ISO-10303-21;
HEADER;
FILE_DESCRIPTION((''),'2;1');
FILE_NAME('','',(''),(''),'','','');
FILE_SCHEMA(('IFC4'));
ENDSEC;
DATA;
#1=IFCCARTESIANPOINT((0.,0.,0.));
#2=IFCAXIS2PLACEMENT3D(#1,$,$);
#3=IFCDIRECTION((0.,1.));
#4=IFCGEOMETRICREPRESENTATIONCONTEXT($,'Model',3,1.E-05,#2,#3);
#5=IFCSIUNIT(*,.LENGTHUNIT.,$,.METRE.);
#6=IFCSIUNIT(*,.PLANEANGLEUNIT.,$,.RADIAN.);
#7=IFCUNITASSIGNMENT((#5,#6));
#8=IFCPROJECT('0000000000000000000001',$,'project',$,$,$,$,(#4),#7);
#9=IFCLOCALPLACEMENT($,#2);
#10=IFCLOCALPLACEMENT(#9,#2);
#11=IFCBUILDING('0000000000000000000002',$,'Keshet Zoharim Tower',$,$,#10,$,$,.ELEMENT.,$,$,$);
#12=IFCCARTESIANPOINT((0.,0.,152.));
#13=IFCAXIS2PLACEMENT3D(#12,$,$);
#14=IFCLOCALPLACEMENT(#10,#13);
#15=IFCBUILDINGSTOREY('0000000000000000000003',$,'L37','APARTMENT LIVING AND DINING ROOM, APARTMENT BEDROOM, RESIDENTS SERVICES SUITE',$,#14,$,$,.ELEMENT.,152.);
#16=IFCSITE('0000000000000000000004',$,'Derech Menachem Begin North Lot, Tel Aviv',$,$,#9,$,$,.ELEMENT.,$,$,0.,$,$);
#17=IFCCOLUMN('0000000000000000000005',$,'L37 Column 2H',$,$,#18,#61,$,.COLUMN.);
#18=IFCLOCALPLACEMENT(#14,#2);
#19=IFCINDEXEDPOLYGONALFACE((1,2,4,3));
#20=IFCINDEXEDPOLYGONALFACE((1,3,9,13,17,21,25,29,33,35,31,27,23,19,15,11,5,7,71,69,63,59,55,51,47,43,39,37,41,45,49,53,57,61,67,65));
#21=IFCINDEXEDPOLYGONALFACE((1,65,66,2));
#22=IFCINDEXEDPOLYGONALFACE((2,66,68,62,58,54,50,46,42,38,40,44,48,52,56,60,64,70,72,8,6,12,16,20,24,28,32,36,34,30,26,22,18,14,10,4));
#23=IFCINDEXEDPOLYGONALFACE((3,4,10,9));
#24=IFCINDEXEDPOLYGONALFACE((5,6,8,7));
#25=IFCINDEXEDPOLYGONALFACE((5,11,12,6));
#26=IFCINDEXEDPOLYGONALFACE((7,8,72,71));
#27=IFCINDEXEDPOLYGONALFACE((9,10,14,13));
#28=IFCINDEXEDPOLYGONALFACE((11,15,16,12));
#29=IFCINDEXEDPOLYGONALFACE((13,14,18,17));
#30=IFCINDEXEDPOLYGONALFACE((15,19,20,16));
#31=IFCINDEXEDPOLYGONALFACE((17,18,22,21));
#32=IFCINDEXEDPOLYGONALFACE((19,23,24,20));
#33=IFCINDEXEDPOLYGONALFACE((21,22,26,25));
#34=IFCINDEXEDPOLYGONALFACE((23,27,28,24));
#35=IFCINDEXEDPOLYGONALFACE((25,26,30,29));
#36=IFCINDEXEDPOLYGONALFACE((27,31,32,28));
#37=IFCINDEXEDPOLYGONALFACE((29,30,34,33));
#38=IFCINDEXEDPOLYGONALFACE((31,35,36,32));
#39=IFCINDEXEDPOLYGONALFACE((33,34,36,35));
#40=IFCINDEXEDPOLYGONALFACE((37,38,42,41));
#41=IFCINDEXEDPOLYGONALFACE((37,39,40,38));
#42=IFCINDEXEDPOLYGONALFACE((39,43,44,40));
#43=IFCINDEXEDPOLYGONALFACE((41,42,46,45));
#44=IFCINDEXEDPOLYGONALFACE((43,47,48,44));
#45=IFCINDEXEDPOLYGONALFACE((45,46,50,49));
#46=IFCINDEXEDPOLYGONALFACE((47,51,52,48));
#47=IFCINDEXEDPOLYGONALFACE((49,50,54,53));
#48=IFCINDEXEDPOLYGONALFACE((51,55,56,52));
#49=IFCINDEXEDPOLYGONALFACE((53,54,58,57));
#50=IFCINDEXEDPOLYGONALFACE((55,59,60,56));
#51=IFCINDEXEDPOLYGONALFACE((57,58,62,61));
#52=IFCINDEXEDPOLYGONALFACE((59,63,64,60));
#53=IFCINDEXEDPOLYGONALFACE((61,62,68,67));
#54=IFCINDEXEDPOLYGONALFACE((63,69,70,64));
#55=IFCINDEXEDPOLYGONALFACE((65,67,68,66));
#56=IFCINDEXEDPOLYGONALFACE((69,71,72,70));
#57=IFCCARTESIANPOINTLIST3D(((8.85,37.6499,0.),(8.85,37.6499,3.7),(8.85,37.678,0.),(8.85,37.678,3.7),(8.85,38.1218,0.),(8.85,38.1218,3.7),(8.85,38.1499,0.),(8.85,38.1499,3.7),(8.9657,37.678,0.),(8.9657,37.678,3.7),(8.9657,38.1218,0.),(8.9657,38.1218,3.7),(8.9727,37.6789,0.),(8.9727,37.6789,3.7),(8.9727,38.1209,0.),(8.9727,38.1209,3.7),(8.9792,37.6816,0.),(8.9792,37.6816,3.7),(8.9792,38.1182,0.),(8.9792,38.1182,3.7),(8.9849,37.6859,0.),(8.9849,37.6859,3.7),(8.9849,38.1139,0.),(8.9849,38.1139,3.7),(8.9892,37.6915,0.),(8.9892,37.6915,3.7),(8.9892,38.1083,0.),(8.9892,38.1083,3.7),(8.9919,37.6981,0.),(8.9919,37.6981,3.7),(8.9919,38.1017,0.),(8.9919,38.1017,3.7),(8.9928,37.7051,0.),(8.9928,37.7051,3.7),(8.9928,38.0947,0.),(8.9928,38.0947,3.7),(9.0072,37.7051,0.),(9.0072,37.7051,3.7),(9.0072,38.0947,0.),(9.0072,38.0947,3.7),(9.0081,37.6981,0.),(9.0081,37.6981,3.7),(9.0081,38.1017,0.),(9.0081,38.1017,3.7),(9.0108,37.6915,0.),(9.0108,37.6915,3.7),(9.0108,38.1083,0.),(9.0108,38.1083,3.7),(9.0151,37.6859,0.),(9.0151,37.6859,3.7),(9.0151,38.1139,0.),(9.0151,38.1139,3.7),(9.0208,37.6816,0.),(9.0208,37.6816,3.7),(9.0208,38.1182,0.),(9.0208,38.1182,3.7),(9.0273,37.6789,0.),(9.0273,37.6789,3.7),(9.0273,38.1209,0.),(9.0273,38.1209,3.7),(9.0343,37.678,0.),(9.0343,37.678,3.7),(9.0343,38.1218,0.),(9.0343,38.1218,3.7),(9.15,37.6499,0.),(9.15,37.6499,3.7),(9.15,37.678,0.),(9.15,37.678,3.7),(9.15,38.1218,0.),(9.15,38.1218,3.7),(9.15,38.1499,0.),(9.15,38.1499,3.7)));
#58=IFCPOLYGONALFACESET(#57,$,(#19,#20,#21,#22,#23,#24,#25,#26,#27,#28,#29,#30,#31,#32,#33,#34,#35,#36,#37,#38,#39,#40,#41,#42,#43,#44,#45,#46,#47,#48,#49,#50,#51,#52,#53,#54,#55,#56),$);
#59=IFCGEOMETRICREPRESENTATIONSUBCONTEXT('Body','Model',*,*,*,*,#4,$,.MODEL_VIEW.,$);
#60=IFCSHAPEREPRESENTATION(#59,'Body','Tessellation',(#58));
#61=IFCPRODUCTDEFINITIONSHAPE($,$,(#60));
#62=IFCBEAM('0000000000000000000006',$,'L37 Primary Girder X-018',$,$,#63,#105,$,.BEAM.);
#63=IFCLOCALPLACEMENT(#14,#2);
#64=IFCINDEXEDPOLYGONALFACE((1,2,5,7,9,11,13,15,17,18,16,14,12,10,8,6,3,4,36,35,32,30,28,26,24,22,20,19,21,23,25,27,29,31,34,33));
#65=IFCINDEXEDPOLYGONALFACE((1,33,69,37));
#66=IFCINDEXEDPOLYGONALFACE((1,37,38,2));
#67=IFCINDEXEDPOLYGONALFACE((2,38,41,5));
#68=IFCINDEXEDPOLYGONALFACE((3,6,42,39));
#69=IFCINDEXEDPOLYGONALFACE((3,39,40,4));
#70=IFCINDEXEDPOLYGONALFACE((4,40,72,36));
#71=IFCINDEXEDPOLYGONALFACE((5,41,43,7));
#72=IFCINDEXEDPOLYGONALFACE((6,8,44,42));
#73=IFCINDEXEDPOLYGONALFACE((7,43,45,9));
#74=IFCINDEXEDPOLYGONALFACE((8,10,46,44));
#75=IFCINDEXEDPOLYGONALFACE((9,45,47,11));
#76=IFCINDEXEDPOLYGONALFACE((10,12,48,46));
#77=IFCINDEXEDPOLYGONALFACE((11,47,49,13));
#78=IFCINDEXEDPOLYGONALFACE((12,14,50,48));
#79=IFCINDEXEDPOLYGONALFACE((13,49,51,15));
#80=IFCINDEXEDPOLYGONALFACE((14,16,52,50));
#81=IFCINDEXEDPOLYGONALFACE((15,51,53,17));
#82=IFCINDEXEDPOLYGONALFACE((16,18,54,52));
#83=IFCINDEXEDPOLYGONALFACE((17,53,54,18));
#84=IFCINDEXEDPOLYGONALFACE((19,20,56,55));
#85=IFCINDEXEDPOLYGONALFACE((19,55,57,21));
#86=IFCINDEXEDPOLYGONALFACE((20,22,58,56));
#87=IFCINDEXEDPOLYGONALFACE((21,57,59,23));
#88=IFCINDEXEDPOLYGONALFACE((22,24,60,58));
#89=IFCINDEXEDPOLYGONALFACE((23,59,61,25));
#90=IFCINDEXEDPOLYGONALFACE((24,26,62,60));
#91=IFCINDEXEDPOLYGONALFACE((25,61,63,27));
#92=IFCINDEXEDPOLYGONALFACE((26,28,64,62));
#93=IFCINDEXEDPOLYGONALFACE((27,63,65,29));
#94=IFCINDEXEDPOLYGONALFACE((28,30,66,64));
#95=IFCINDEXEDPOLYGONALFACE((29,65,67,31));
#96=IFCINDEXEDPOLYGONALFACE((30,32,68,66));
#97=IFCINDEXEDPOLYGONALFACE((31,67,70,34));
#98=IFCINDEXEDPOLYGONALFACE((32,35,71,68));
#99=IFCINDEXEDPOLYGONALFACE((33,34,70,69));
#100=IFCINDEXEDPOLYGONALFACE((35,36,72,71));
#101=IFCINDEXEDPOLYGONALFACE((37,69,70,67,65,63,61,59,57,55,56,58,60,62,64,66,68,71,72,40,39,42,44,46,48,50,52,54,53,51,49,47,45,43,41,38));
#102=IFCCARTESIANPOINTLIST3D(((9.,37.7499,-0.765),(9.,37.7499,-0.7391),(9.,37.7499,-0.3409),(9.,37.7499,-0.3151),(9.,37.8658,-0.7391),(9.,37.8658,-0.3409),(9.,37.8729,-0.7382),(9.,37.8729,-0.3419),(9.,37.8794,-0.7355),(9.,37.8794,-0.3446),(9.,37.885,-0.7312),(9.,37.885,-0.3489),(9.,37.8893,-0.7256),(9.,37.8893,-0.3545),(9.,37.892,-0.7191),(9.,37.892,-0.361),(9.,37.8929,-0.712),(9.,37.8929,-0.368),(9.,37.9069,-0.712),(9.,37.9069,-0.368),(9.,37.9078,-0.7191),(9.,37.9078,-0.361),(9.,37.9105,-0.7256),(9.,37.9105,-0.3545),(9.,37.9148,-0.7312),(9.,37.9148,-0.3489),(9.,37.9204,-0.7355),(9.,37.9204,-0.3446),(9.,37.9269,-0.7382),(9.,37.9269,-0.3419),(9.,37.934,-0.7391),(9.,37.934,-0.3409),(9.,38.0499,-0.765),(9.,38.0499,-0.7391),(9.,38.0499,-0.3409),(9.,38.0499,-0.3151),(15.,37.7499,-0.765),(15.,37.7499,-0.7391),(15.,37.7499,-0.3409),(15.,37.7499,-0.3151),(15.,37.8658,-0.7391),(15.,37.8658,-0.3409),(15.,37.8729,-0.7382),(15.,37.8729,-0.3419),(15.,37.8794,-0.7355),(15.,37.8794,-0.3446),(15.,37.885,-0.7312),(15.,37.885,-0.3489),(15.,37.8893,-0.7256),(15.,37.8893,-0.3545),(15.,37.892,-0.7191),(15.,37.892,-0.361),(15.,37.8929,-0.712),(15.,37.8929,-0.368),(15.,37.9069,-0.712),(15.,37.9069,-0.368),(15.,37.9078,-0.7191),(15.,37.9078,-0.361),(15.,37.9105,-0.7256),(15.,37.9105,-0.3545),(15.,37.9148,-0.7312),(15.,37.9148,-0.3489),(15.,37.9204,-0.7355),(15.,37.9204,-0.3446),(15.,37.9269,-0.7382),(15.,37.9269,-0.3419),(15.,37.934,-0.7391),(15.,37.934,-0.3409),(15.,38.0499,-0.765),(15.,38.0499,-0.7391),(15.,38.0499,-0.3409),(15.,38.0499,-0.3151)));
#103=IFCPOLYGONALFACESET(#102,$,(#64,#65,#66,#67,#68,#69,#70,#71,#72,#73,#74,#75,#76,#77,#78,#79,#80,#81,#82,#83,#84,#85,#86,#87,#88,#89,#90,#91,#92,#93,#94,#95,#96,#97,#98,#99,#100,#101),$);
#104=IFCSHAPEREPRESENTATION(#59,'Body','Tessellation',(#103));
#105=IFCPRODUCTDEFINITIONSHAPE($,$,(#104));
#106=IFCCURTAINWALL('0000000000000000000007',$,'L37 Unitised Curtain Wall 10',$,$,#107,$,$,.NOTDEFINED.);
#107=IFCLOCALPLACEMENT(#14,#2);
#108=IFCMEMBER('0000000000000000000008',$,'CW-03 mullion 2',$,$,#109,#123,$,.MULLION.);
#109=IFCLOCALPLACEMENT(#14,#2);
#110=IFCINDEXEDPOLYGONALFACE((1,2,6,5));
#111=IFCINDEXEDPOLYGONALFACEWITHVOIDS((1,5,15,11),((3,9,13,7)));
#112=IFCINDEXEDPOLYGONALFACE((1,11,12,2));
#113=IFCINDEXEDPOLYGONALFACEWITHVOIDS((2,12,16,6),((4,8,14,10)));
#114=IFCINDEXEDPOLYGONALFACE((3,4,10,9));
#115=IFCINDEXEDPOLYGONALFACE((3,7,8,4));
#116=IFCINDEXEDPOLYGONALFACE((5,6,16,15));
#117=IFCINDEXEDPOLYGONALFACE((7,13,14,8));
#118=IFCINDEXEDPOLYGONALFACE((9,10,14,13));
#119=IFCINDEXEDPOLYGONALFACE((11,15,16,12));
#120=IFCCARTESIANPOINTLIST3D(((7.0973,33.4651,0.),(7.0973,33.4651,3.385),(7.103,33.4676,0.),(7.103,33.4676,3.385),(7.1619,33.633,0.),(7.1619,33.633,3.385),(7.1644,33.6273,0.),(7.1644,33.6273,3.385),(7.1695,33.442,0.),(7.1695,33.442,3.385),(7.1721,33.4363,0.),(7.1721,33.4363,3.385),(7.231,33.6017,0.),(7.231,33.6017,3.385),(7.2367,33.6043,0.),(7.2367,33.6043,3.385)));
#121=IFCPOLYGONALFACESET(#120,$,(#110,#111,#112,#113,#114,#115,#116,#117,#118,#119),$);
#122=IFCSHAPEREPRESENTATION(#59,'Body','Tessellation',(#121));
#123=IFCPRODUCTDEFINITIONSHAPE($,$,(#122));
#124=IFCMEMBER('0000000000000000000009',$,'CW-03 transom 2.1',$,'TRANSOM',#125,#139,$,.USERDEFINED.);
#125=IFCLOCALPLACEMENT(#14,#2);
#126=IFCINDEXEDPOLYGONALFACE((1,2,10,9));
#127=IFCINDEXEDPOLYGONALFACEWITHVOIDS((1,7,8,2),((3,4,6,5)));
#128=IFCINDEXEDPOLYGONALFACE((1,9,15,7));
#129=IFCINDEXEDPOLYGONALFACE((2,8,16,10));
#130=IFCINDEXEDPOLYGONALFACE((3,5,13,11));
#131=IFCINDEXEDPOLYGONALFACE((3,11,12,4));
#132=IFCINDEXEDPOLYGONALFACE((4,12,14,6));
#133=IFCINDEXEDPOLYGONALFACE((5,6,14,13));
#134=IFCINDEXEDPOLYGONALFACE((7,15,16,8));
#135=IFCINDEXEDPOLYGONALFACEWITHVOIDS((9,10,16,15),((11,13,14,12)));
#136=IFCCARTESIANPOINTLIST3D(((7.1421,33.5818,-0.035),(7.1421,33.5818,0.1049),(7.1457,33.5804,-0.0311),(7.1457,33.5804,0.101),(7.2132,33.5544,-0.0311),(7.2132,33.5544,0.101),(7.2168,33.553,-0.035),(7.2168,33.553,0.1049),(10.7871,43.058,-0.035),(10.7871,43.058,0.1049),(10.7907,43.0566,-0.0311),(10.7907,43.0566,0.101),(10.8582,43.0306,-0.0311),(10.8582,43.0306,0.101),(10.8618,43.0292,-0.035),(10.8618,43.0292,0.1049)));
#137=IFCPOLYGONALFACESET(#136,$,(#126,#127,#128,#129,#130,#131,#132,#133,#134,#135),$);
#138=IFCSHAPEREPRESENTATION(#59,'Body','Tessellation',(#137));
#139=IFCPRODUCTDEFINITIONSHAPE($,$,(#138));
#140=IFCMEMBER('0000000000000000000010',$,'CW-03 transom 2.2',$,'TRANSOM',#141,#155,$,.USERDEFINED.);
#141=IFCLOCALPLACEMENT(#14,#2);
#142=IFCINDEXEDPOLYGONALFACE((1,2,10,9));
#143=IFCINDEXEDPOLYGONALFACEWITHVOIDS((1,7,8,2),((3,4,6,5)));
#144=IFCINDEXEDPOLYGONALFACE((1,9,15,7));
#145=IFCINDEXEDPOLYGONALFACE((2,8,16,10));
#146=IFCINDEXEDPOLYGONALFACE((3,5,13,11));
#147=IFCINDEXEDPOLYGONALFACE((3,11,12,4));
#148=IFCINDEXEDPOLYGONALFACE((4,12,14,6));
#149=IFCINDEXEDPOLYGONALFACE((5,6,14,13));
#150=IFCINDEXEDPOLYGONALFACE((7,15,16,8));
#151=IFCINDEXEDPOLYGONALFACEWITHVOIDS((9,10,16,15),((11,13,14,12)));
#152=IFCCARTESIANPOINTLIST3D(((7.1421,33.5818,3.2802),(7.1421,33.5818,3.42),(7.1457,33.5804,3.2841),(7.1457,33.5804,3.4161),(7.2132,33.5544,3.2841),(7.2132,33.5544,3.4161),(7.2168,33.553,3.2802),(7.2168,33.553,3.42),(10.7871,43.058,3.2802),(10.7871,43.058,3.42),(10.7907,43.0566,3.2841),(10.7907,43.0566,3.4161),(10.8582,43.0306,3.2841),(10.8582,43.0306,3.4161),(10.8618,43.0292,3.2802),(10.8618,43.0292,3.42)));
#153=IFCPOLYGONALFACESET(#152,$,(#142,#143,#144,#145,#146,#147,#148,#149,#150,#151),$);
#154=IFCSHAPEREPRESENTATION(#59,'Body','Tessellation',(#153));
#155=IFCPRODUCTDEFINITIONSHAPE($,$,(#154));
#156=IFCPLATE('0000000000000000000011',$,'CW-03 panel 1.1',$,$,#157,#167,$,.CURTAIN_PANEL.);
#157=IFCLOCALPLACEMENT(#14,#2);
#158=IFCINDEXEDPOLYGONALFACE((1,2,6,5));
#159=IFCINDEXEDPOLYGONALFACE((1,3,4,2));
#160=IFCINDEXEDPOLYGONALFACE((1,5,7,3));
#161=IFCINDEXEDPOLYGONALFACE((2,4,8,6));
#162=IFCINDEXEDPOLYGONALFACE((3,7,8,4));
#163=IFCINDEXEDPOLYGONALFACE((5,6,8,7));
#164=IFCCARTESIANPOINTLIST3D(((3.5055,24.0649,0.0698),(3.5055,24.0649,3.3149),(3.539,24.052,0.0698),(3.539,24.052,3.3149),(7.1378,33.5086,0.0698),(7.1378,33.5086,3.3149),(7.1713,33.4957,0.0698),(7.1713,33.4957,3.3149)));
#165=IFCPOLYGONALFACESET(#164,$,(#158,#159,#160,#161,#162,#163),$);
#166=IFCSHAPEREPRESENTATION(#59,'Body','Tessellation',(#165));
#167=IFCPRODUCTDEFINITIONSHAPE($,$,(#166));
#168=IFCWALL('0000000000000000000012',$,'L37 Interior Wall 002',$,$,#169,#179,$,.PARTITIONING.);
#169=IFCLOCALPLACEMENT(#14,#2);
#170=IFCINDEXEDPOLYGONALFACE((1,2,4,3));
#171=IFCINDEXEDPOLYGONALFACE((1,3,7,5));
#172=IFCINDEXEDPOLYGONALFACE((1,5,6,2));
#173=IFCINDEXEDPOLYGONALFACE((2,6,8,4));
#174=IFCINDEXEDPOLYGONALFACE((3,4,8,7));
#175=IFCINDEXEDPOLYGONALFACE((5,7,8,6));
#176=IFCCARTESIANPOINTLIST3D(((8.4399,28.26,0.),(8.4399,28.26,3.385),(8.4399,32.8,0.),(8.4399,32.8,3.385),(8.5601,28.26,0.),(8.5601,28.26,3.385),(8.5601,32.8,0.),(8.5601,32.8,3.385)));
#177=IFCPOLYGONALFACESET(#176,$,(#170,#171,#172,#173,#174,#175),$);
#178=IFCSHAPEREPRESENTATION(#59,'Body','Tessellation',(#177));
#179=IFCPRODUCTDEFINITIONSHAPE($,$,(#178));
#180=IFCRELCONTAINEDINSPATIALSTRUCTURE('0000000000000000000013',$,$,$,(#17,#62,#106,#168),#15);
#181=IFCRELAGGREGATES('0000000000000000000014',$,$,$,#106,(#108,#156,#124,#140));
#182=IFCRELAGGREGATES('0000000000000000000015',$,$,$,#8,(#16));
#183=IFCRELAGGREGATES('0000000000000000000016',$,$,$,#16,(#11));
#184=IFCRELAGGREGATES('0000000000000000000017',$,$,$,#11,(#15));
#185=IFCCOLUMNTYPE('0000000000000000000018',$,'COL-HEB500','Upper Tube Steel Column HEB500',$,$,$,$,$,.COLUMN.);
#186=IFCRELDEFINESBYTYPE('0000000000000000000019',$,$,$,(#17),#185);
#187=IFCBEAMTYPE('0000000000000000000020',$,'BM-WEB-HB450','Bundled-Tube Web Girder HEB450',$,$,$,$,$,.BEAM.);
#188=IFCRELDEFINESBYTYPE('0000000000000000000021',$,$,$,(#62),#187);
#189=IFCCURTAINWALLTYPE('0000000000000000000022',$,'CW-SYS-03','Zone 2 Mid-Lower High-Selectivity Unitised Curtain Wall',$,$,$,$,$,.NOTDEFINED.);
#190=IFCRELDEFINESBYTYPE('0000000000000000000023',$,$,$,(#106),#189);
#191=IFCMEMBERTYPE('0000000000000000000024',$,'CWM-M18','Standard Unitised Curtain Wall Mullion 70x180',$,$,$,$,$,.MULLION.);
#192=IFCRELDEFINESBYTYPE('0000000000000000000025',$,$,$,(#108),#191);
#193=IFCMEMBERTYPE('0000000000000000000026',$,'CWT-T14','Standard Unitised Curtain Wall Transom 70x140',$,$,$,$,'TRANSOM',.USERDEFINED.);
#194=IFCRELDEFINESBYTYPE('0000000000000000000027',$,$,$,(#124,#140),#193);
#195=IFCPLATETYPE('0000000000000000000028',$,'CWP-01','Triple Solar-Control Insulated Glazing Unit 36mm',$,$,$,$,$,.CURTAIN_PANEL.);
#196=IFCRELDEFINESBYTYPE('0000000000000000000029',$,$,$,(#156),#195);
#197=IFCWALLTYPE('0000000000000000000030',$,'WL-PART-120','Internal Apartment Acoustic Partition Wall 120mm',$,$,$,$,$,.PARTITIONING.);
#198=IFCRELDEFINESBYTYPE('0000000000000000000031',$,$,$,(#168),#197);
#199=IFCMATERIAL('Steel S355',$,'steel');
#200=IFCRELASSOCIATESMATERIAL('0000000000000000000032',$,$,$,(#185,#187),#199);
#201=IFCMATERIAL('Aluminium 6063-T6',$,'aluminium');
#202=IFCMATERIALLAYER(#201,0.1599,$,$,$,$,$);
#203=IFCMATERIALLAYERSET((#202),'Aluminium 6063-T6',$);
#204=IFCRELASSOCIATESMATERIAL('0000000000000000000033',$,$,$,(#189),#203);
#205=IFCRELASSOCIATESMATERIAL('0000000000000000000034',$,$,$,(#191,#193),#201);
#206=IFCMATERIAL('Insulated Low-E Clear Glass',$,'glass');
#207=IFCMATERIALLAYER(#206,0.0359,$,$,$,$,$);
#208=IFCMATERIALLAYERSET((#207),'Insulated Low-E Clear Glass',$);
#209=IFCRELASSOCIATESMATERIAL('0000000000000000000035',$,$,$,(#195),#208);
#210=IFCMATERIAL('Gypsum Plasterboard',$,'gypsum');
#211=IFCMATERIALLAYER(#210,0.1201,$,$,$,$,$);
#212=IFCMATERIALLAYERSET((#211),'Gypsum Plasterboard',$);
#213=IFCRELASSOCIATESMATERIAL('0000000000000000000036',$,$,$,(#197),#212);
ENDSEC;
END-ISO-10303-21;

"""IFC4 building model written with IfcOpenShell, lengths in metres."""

from ifc_helpers import new_model, si_unit, direction, frame, frame_2d, origin, origin_2d, place, context, subcontext, project, spatial, rectangle, hollow_rectangle, i_section, extrude, material, layer, layer_set, material_profile, profile_set, type_object, element, aggregate, save


model = new_model("IFC4")

# Units and contexts
model_context = context("Model", 3, precision=1e-05, world=origin(), true_north=direction((0.0, 1.0)))
body_context = subcontext(model_context, "Body", "Model", "MODEL_VIEW")
ifc_project = project(units=[si_unit("LENGTHUNIT", "METRE"), si_unit("PLANEANGLEUNIT", "RADIAN")], contexts=[model_context])

# Site, building, storey
site_placement = place(None, origin())
site = spatial("IfcSite", under=ifc_project, at=site_placement, Name="Derech Menachem Begin North Lot, Tel Aviv", CompositionType="ELEMENT", RefElevation=0.0)
building_placement = place(site_placement, origin())
building = spatial("IfcBuilding", under=site, at=building_placement, Name="Keshet Zoharim Tower", CompositionType="ELEMENT")
storey_placement = place(building_placement, frame((0.0, 0.0, 152.0)))
storey = spatial("IfcBuildingStorey", under=building, at=storey_placement, Name="L37", Description="APARTMENT LIVING AND DINING ROOM, APARTMENT BEDROOM, RESIDENTS SERVICES SUITE", CompositionType="ELEMENT", Elevation=152.0)

# Column
ifc_material_1 = material(Name="Steel S355", Category="steel")
ifc_material_profile_1 = material_profile(ifc_material_1, i_section(OverallWidth=0.3, OverallDepth=0.5, WebThickness=0.0144, FlangeThickness=0.0281, FilletRadius=0.0271, at=origin_2d()), Name="HEB500")
ifc_profile_set_1 = profile_set([ifc_material_profile_1], Name="Steel S355")
column_type = type_object("IfcColumnType", Name="COL-HEB500", Description="Upper Tube Steel Column HEB500", PredefinedType="COLUMN", material=ifc_profile_set_1)
column_placement = place(storey_placement, frame((9.0, 37.8999, 0.0), z_axis=(0.0, 0.0, 1.0), x_axis=(1.0, 0.0, 0.0)))
element("IfcColumn", 1, at=column_placement, inside=storey, type_object=column_type, Name="L37 Column 2H", PredefinedType="COLUMN", context=body_context, shape_type="SweptSolid", body=[
    extrude(i_section(OverallWidth=0.3, OverallDepth=0.5, WebThickness=0.0144, FlangeThickness=0.0281, FilletRadius=0.0271, at=origin_2d()), origin(), (0.0, 0.0, 1.0), 3.7),
])

# Beam
ifc_material_profile_2 = material_profile(ifc_material_1, i_section(OverallWidth=0.3, OverallDepth=0.45, WebThickness=0.0139, FlangeThickness=0.0259, FilletRadius=0.0271, at=origin_2d()), Name="HEB450")
ifc_profile_set_2 = profile_set([ifc_material_profile_2], Name="Steel S355")
beam_type = type_object("IfcBeamType", Name="BM-WEB-HB450", Description="Bundled-Tube Web Girder HEB450", PredefinedType="BEAM", material=ifc_profile_set_2)
beam_placement = place(storey_placement, frame((9.0, 37.8999, -0.54), z_axis=(1.0, 0.0, 0.0), x_axis=(0.0, 1.0, 0.0)))
element("IfcBeam", 2, at=beam_placement, inside=storey, type_object=beam_type, Name="L37 Primary Girder X-018", PredefinedType="BEAM", context=body_context, shape_type="SweptSolid", body=[
    extrude(i_section(OverallWidth=0.3, OverallDepth=0.45, WebThickness=0.0139, FlangeThickness=0.0259, FilletRadius=0.0271, at=origin_2d()), origin(), (0.0, 0.0, 1.0), 6.0),
])

# Curtain wall, members, plate
ifc_material_2 = material(Name="Aluminium 6063-T6", Category="aluminium")
ifc_layer_1 = layer(ifc_material_2, 0.1599)
ifc_layer_set_1 = layer_set([ifc_layer_1], Name="Aluminium 6063-T6")
curtain_wall_type = type_object("IfcCurtainWallType", Name="CW-SYS-03", Description="Zone 2 Mid-Lower High-Selectivity Unitised Curtain Wall", PredefinedType="NOTDEFINED", material=ifc_layer_set_1)
curtain_wall_placement = place(storey_placement, origin())
curtain_wall = element("IfcCurtainWall", 3, at=curtain_wall_placement, inside=storey, type_object=curtain_wall_type, Name="L37 Unitised Curtain Wall 10", PredefinedType="NOTDEFINED")
ifc_material_profile_3 = material_profile(ifc_material_2, hollow_rectangle(XDim=0.0801, YDim=0.1799, WallThickness=0.0044, at=origin_2d()), Name="MUL-80x180")
ifc_profile_set_3 = profile_set([ifc_material_profile_3], Name="Aluminium 6063-T6")
member_type_1 = type_object("IfcMemberType", Name="CWM-M18", Description="Standard Unitised Curtain Wall Mullion 70x180", PredefinedType="MULLION", material=ifc_profile_set_3)
member_1_placement = place(storey_placement, frame((7.167, 33.5347, 0.0), z_axis=(0.0, 0.0, 1.0), x_axis=(-0.933341, 0.35899, 0.0)))
member_1 = element("IfcMember", 4, at=member_1_placement, type_object=member_type_1, Name="CW-03 mullion 2", PredefinedType="MULLION", context=body_context, shape_type="SweptSolid", body=[
    extrude(hollow_rectangle(XDim=0.0801, YDim=0.1799, WallThickness=0.0044, at=origin_2d()), origin(), (0.0, 0.0, 1.0), 3.385),
])
ifc_material_profile_4 = material_profile(ifc_material_2, hollow_rectangle(XDim=0.0801, YDim=0.1399, WallThickness=0.0039, at=origin_2d()), Name="TRN-80x140")
ifc_profile_set_4 = profile_set([ifc_material_profile_4], Name="Aluminium 6063-T6")
member_type_2 = type_object("IfcMemberType", Name="CWT-T14", Description="Standard Unitised Curtain Wall Transom 70x140", ElementType="TRANSOM", PredefinedType="USERDEFINED", material=ifc_profile_set_4)
member_2_placement = place(storey_placement, frame((7.1794, 33.5674, 0.0349), z_axis=(0.359003, 0.933336, 0.0), x_axis=(-0.933336, 0.359003, 0.0)))
member_2 = element("IfcMember", 5, at=member_2_placement, type_object=member_type_2, Name="CW-03 transom 2.1", ObjectType="TRANSOM", PredefinedType="USERDEFINED", context=body_context, shape_type="SweptSolid", body=[
    extrude(hollow_rectangle(XDim=0.0801, YDim=0.1399, WallThickness=0.0039, at=origin_2d()), origin(), (0.0, 0.0, 1.0), 10.1531),
])
member_3_placement = place(storey_placement, frame((7.1794, 33.5674, 3.3501), z_axis=(0.359003, 0.933336, 0.0), x_axis=(-0.933336, 0.359003, 0.0)))
member_3 = element("IfcMember", 6, at=member_3_placement, type_object=member_type_2, Name="CW-03 transom 2.2", ObjectType="TRANSOM", PredefinedType="USERDEFINED", context=body_context, shape_type="SweptSolid", body=[
    extrude(hollow_rectangle(XDim=0.0801, YDim=0.1399, WallThickness=0.0039, at=origin_2d()), origin(), (0.0, 0.0, 1.0), 10.1531),
])
ifc_material_3 = material(Name="Insulated Low-E Clear Glass", Category="glass")
ifc_layer_2 = layer(ifc_material_3, 0.0359)
ifc_layer_set_2 = layer_set([ifc_layer_2], Name="Insulated Low-E Clear Glass")
plate_type = type_object("IfcPlateType", Name="CWP-01", Description="Triple Solar-Control Insulated Glazing Unit 36mm", PredefinedType="CURTAIN_PANEL", material=ifc_layer_set_2)
plate_placement = place(storey_placement, frame((5.3384, 28.7803, 0.0698), z_axis=(0.0, 0.0, 1.0), x_axis=(0.35899, 0.933341, 0.0)))
plate = element("IfcPlate", 7, at=plate_placement, type_object=plate_type, Name="CW-03 panel 1.1", PredefinedType="CURTAIN_PANEL", context=body_context, shape_type="SweptSolid", body=[
    extrude(rectangle(XDim=10.1182, YDim=0.0359, at=origin_2d()), origin(), (0.0, 0.0, 1.0), 3.2451),
])
aggregate(curtain_wall, [member_1, plate, member_2, member_3])

# Wall
ifc_material_4 = material(Name="Gypsum Plasterboard", Category="gypsum")
ifc_layer_3 = layer(ifc_material_4, 0.1201)
ifc_layer_set_3 = layer_set([ifc_layer_3], Name="Gypsum Plasterboard")
wall_type_1 = type_object("IfcWallType", Name="WL-PART-120", Description="Internal Apartment Acoustic Partition Wall 120mm", PredefinedType="PARTITIONING", material=ifc_layer_set_3)
wall_1_placement = place(storey_placement, frame((8.5, 28.26, 0.0), z_axis=(0.0, 0.0, 1.0), x_axis=(0.0, 1.0, 0.0)))
element("IfcWall", 8, at=wall_1_placement, inside=storey, type_object=wall_type_1, Name="L37 Interior Wall 002", PredefinedType="PARTITIONING", context=body_context, shape_type="SweptSolid", body=[
    extrude(rectangle(XDim=4.54, YDim=0.1201, at=frame_2d((2.27, 0.0))), origin(), (0.0, 0.0, 1.0), 3.385),
])

save(model, "model.ifc")
